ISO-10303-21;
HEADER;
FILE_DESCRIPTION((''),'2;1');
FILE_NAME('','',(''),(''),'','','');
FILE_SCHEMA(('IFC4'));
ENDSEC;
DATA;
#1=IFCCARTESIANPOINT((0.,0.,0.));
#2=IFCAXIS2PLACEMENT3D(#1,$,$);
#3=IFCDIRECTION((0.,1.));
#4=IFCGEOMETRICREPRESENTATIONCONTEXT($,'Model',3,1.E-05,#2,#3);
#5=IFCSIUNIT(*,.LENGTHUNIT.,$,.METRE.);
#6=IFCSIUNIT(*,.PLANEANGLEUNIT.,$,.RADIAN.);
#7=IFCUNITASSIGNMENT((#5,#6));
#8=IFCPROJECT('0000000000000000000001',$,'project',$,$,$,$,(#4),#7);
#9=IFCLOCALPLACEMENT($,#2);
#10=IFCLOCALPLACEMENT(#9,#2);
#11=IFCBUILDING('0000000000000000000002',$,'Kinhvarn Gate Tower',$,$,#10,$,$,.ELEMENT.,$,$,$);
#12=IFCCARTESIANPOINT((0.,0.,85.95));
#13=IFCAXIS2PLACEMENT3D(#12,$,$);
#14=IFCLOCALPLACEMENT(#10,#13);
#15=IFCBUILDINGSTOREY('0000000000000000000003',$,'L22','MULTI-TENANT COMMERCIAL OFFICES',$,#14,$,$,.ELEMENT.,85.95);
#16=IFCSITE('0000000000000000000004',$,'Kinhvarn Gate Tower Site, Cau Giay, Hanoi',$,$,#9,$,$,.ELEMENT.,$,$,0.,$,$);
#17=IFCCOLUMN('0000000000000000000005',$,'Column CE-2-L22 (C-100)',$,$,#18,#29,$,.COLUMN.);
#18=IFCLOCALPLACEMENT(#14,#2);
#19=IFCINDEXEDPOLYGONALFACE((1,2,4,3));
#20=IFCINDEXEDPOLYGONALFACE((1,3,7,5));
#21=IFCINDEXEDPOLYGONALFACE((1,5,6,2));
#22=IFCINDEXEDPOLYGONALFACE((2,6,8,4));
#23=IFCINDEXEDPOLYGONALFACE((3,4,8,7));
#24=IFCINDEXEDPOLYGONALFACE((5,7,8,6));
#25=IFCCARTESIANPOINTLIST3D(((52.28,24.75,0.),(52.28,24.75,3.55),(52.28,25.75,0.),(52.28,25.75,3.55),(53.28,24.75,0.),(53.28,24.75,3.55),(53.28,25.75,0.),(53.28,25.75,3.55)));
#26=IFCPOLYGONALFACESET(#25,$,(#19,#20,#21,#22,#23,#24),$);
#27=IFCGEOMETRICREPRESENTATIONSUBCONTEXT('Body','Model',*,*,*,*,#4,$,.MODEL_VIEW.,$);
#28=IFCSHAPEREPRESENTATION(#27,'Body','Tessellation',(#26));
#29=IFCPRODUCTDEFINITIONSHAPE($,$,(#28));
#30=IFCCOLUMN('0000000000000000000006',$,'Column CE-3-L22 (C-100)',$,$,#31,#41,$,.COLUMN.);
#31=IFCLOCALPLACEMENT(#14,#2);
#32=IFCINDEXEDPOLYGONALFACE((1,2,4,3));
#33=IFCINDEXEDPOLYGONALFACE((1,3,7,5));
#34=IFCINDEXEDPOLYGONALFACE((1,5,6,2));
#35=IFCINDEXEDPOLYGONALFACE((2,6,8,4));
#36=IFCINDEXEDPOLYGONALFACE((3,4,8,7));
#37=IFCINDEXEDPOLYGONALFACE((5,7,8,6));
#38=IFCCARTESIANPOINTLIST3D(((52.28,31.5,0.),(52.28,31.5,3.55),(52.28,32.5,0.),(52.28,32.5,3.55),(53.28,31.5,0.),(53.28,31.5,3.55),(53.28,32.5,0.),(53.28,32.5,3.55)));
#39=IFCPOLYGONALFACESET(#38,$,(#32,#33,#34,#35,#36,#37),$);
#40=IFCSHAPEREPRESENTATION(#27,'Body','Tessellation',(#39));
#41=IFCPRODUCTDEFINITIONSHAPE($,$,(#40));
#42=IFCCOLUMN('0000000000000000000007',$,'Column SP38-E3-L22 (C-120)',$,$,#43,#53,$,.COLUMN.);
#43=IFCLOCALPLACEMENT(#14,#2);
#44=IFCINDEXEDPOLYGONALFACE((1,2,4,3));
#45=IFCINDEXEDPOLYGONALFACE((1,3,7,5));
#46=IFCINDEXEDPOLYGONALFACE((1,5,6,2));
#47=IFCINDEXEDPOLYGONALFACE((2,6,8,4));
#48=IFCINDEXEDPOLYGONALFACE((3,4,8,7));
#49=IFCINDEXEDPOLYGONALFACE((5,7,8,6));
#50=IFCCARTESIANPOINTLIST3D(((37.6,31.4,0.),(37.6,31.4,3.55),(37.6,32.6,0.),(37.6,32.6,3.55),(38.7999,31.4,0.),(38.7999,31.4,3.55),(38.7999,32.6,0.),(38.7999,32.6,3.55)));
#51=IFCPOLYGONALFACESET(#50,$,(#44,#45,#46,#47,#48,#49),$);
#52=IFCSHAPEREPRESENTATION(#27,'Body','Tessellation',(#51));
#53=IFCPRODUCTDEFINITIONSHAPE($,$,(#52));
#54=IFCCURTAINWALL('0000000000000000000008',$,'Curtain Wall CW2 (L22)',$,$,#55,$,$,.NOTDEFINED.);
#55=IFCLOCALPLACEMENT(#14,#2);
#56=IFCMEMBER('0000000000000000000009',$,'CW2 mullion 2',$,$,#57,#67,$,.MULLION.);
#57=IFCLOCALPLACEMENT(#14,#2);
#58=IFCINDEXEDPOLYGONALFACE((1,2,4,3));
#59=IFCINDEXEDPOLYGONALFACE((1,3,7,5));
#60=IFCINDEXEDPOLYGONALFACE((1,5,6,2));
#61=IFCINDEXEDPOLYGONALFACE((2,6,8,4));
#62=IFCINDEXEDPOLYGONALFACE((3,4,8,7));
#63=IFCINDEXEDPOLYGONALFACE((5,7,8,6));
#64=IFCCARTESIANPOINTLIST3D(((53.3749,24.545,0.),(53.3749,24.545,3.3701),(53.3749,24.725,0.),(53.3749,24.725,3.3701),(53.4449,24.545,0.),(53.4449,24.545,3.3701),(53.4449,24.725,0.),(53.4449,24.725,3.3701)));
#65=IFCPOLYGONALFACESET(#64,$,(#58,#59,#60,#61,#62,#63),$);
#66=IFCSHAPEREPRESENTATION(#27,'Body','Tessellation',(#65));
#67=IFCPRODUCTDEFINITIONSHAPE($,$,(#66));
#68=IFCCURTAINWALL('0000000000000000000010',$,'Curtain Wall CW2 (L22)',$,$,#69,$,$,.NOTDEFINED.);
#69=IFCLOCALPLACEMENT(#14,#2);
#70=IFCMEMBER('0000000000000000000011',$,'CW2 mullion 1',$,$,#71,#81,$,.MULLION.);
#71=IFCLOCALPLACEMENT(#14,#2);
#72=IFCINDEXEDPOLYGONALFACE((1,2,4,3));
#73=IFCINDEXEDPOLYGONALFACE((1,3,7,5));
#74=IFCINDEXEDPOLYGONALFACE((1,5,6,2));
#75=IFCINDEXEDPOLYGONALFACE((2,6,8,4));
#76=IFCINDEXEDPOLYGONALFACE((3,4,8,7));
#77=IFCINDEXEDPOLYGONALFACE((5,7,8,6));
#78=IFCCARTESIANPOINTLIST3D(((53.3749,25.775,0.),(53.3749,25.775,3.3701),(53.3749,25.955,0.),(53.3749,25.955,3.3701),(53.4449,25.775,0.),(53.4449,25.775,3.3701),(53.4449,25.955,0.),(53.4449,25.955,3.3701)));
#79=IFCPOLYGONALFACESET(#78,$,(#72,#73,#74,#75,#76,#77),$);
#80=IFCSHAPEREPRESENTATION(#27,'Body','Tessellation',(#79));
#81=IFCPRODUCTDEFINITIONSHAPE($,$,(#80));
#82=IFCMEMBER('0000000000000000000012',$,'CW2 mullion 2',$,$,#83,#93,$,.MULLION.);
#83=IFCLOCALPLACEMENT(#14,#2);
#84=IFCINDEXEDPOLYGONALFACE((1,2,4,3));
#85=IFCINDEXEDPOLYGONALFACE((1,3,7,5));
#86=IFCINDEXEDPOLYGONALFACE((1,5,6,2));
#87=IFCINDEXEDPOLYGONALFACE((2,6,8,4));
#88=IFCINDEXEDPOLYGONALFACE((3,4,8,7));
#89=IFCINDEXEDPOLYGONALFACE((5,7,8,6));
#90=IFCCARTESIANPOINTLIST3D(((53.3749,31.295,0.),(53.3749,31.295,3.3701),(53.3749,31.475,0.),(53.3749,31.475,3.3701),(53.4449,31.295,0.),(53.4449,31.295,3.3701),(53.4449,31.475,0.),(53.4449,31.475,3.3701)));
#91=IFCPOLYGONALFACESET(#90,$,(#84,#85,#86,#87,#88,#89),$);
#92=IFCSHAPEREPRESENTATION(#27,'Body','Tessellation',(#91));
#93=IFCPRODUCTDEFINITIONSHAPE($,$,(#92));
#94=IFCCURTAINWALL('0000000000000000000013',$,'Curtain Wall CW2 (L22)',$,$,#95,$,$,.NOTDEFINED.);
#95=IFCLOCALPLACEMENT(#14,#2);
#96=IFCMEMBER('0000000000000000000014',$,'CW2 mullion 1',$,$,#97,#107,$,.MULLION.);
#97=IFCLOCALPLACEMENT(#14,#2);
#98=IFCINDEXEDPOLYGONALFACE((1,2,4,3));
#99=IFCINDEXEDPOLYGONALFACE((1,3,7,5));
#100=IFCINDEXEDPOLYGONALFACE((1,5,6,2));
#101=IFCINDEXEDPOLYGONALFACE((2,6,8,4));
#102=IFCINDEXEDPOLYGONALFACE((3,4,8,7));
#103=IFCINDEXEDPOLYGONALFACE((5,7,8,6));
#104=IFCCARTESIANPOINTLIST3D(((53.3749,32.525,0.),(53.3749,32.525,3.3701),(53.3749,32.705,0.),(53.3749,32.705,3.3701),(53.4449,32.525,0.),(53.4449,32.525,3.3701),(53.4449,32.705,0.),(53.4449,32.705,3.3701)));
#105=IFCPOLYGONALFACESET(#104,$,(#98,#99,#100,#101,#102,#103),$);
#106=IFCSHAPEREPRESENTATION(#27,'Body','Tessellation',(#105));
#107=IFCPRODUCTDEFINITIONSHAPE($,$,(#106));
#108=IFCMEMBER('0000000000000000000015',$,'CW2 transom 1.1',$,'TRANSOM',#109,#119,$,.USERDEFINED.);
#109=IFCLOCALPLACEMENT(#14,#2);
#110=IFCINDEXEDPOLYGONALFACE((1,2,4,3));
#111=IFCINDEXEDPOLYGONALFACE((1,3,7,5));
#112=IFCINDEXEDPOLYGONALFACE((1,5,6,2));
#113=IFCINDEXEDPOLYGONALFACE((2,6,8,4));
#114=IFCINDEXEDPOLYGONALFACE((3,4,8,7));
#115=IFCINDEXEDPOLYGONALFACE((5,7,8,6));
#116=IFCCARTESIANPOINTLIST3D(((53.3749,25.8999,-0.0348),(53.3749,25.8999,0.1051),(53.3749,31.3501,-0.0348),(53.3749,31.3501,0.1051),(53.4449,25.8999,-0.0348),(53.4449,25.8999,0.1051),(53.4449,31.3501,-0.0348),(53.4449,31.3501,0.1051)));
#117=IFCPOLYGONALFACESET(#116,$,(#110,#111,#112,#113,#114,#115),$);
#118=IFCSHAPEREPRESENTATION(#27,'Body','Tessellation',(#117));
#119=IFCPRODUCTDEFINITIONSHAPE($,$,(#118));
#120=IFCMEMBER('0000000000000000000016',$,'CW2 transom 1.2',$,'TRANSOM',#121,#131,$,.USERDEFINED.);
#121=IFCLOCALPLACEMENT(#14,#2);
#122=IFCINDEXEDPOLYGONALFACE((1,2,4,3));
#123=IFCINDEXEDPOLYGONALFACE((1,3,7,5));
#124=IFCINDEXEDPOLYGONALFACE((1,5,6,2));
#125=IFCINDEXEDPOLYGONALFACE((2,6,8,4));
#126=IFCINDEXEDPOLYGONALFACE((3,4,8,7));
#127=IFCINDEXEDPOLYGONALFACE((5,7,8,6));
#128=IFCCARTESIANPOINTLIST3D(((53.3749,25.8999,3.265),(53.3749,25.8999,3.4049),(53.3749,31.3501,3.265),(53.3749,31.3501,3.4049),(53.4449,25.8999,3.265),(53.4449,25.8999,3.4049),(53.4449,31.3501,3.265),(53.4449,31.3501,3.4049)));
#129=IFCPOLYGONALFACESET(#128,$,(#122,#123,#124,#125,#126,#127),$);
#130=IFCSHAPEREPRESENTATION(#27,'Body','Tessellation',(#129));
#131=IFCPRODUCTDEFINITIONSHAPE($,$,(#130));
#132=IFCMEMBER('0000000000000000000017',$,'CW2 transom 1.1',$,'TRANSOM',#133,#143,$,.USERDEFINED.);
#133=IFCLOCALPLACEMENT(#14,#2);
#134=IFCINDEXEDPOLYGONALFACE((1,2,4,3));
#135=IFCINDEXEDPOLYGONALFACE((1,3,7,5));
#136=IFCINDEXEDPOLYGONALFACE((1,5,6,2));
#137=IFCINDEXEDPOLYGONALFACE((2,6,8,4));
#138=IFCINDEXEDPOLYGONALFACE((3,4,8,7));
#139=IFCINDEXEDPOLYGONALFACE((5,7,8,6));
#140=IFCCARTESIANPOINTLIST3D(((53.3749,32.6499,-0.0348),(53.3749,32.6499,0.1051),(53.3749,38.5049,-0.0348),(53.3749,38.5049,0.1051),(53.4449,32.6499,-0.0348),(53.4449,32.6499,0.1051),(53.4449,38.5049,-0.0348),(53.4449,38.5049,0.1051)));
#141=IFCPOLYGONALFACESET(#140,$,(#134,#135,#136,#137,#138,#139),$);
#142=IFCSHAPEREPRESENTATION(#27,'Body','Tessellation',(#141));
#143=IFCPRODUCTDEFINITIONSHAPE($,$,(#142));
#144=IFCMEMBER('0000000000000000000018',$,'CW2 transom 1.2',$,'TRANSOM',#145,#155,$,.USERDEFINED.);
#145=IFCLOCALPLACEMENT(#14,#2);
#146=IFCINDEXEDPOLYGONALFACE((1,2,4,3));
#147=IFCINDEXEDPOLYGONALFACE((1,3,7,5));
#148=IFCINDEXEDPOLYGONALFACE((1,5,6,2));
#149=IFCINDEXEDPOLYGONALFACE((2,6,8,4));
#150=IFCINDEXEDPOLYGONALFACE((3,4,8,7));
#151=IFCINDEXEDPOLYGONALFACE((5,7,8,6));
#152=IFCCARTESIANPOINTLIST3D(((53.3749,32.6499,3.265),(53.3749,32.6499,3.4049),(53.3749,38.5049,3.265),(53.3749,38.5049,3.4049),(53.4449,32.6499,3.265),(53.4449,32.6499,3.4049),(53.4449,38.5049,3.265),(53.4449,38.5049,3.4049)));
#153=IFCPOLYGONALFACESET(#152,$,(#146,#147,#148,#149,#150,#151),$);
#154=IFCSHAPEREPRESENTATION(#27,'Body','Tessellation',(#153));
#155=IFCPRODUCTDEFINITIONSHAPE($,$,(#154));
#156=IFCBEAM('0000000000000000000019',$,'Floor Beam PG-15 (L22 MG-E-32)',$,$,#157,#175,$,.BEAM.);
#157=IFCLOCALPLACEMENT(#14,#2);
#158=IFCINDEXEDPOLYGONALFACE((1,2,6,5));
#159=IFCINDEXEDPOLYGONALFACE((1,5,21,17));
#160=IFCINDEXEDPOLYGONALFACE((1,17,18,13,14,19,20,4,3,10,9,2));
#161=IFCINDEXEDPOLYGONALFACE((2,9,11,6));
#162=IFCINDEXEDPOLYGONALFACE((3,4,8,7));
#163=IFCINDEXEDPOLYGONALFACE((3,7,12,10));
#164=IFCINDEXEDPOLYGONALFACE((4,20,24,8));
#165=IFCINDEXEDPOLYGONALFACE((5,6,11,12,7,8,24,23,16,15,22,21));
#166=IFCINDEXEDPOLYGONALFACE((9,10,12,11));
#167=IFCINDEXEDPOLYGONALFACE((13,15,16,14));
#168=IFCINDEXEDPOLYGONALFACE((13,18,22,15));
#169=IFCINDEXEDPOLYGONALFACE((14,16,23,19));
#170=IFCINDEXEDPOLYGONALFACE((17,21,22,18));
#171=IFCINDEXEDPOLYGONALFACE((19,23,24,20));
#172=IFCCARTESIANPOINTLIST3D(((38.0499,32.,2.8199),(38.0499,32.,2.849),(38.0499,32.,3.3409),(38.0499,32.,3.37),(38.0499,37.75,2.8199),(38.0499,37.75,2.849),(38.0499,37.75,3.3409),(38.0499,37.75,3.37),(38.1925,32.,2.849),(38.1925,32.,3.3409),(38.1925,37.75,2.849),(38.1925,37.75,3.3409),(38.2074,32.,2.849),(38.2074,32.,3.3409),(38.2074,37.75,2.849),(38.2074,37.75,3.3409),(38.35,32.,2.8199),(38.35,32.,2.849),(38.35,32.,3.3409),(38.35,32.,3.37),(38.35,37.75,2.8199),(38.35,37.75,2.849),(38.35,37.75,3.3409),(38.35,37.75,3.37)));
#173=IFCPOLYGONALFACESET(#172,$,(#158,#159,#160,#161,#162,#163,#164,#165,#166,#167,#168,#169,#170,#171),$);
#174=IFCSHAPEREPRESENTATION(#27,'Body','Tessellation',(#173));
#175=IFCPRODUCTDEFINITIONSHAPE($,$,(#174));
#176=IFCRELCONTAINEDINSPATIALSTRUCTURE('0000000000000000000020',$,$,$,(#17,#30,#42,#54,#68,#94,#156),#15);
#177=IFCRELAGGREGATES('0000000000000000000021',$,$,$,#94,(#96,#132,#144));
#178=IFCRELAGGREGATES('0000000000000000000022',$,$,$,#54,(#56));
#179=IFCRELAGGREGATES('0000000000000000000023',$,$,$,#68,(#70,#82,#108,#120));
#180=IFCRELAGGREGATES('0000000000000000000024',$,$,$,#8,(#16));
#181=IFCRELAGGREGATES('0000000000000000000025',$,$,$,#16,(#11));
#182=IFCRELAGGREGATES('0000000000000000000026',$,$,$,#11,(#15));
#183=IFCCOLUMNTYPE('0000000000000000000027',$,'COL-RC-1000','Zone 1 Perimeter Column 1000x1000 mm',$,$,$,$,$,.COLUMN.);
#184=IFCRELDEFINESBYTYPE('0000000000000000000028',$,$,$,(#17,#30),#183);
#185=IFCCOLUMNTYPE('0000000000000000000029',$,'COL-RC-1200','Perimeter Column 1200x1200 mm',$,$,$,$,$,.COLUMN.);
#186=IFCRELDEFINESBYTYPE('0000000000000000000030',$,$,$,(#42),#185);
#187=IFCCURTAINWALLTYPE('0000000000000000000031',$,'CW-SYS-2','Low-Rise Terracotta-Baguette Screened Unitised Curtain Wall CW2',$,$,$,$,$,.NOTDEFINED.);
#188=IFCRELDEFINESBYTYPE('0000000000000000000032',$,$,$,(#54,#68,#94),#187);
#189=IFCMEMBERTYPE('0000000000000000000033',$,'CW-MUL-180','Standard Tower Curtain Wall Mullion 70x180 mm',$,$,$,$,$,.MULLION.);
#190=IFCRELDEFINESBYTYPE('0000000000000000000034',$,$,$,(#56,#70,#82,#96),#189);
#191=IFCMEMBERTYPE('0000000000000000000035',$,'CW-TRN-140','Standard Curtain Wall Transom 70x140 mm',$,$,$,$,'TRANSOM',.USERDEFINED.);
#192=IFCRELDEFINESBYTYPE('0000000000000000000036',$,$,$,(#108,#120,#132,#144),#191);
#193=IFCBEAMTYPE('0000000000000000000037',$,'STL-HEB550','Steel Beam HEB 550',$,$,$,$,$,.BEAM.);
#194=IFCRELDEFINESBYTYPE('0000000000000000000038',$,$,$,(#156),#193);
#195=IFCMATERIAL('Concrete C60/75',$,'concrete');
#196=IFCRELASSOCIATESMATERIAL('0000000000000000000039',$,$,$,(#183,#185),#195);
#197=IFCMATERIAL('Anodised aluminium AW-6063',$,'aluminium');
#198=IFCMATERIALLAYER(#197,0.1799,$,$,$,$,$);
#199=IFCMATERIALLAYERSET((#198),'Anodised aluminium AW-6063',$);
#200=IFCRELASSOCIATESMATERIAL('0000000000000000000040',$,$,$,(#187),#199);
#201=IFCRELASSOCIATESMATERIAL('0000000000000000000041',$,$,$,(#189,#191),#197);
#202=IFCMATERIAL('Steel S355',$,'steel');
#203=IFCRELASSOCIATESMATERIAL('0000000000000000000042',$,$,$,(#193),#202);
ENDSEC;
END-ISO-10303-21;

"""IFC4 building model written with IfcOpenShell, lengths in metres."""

from ifc_helpers import new_model, si_unit, direction, frame, origin, origin_2d, place, context, subcontext, project, spatial, rectangle, i_section, extrude, material, layer, layer_set, material_profile, profile_set, type_object, element, aggregate, save


model = new_model("IFC4")

# Units and contexts
model_context = context("Model", 3, precision=1e-05, world=origin(), true_north=direction((0.0, 1.0)))
body_context = subcontext(model_context, "Body", "Model", "MODEL_VIEW")
ifc_project = project(units=[si_unit("LENGTHUNIT", "METRE"), si_unit("PLANEANGLEUNIT", "RADIAN")], contexts=[model_context])

# Site, building, storey
site_placement = place(None, origin())
site = spatial("IfcSite", under=ifc_project, at=site_placement, Name="Kinhvarn Gate Tower Site, Cau Giay, Hanoi", CompositionType="ELEMENT", RefElevation=0.0)
building_placement = place(site_placement, origin())
building = spatial("IfcBuilding", under=site, at=building_placement, Name="Kinhvarn Gate Tower", CompositionType="ELEMENT")
storey_placement = place(building_placement, frame((0.0, 0.0, 85.95)))
storey = spatial("IfcBuildingStorey", under=building, at=storey_placement, Name="L22", Description="MULTI-TENANT COMMERCIAL OFFICES", CompositionType="ELEMENT", Elevation=85.95)

# Columns
ifc_material_1 = material(Name="Concrete C60/75", Category="concrete")
ifc_material_profile_1 = material_profile(ifc_material_1, rectangle(XDim=1.0, YDim=1.0, at=origin_2d()), Name="RC 1000x1000")
ifc_profile_set_1 = profile_set([ifc_material_profile_1], Name="Concrete C60/75")
column_type_1 = type_object("IfcColumnType", Name="COL-RC-1000", Description="Zone 1 Perimeter Column 1000x1000 mm", PredefinedType="COLUMN", material=ifc_profile_set_1)
for number, where, z_axis, x_axis, name in (
    (1, (52.78, 25.25, 0.0), (0.0, 0.0, 1.0), (1.0, 0.0, 0.0), "Column CE-2-L22 (C-100)"),
    (2, (52.78, 32.0, 0.0), (0.0, 0.0, 1.0), (1.0, 0.0, 0.0), "Column CE-3-L22 (C-100)"),
):
    element("IfcColumn", number, at=place(storey_placement, frame(where, z_axis=z_axis, x_axis=x_axis)), inside=storey, type_object=column_type_1, Name=name, PredefinedType="COLUMN", context=body_context, shape_type="SweptSolid", body=[
        extrude(rectangle(XDim=1.0, YDim=1.0, at=origin_2d()), origin(), (0.0, 0.0, 1.0), 3.55),
    ])
ifc_material_profile_2 = material_profile(ifc_material_1, rectangle(XDim=1.2, YDim=1.2, at=origin_2d()), Name="RC 1200x1200")
ifc_profile_set_2 = profile_set([ifc_material_profile_2], Name="Concrete C60/75")
column_type_2 = type_object("IfcColumnType", Name="COL-RC-1200", Description="Perimeter Column 1200x1200 mm", PredefinedType="COLUMN", material=ifc_profile_set_2)
column_placement = place(storey_placement, frame((38.2, 32.0, 0.0), z_axis=(0.0, 0.0, 1.0), x_axis=(1.0, 0.0, 0.0)))
element("IfcColumn", 3, at=column_placement, inside=storey, type_object=column_type_2, Name="Column SP38-E3-L22 (C-120)", PredefinedType="COLUMN", context=body_context, shape_type="SweptSolid", body=[
    extrude(rectangle(XDim=1.2, YDim=1.2, at=origin_2d()), origin(), (0.0, 0.0, 1.0), 3.55),
])

# Curtain wall, member
ifc_material_2 = material(Name="Anodised aluminium AW-6063", Category="aluminium")
ifc_layer_1 = layer(ifc_material_2, 0.1799)
ifc_layer_set_1 = layer_set([ifc_layer_1], Name="Anodised aluminium AW-6063")
curtain_wall_type = type_object("IfcCurtainWallType", Name="CW-SYS-2", Description="Low-Rise Terracotta-Baguette Screened Unitised Curtain Wall CW2", PredefinedType="NOTDEFINED", material=ifc_layer_set_1)
curtain_wall_1_placement = place(storey_placement, origin())
curtain_wall_1 = element("IfcCurtainWall", 4, at=curtain_wall_1_placement, inside=storey, type_object=curtain_wall_type, Name="Curtain Wall CW2 (L22)", PredefinedType="NOTDEFINED")
ifc_material_profile_3 = material_profile(ifc_material_2, rectangle(XDim=0.0701, YDim=0.1799, at=origin_2d()), Name="ALU 70x180")
ifc_profile_set_3 = profile_set([ifc_material_profile_3], Name="Anodised aluminium AW-6063")
member_type_1 = type_object("IfcMemberType", Name="CW-MUL-180", Description="Standard Tower Curtain Wall Mullion 70x180 mm", PredefinedType="MULLION", material=ifc_profile_set_3)
member_1_placement = place(storey_placement, frame((53.4099, 24.635, 0.0), z_axis=(0.0, 0.0, 1.0), x_axis=(-1.0, 0.0, 0.0)))
member_1 = element("IfcMember", 5, at=member_1_placement, type_object=member_type_1, Name="CW2 mullion 2", PredefinedType="MULLION", context=body_context, shape_type="SweptSolid", body=[
    extrude(rectangle(XDim=0.0701, YDim=0.1799, at=origin_2d()), origin(), (0.0, 0.0, 1.0), 3.3701),
])

# Curtain wall, members
curtain_wall_2_placement = place(storey_placement, origin())
curtain_wall_2 = element("IfcCurtainWall", 6, at=curtain_wall_2_placement, inside=storey, type_object=curtain_wall_type, Name="Curtain Wall CW2 (L22)", PredefinedType="NOTDEFINED")
member_2_placement = place(storey_placement, frame((53.4099, 25.865, 0.0), z_axis=(0.0, 0.0, 1.0), x_axis=(-1.0, 0.0, 0.0)))
member_2 = element("IfcMember", 7, at=member_2_placement, type_object=member_type_1, Name="CW2 mullion 1", PredefinedType="MULLION", context=body_context, shape_type="SweptSolid", body=[
    extrude(rectangle(XDim=0.0701, YDim=0.1799, at=origin_2d()), origin(), (0.0, 0.0, 1.0), 3.3701),
])
member_3_placement = place(storey_placement, frame((53.4099, 31.385, 0.0), z_axis=(0.0, 0.0, 1.0), x_axis=(-1.0, 0.0, 0.0)))
member_3 = element("IfcMember", 8, at=member_3_placement, type_object=member_type_1, Name="CW2 mullion 2", PredefinedType="MULLION", context=body_context, shape_type="SweptSolid", body=[
    extrude(rectangle(XDim=0.0701, YDim=0.1799, at=origin_2d()), origin(), (0.0, 0.0, 1.0), 3.3701),
])

# Curtain wall, member
curtain_wall_3_placement = place(storey_placement, origin())
curtain_wall_3 = element("IfcCurtainWall", 9, at=curtain_wall_3_placement, inside=storey, type_object=curtain_wall_type, Name="Curtain Wall CW2 (L22)", PredefinedType="NOTDEFINED")
member_4_placement = place(storey_placement, frame((53.4099, 32.615, 0.0), z_axis=(0.0, 0.0, 1.0), x_axis=(-1.0, 0.0, 0.0)))
member_4 = element("IfcMember", 10, at=member_4_placement, type_object=member_type_1, Name="CW2 mullion 1", PredefinedType="MULLION", context=body_context, shape_type="SweptSolid", body=[
    extrude(rectangle(XDim=0.0701, YDim=0.1799, at=origin_2d()), origin(), (0.0, 0.0, 1.0), 3.3701),
])

# Members
ifc_material_profile_4 = material_profile(ifc_material_2, rectangle(XDim=0.0701, YDim=0.1399, at=origin_2d()), Name="ALU 70x140")
ifc_profile_set_4 = profile_set([ifc_material_profile_4], Name="Anodised aluminium AW-6063")
member_type_2 = type_object("IfcMemberType", Name="CW-TRN-140", Description="Standard Curtain Wall Transom 70x140 mm", ElementType="TRANSOM", PredefinedType="USERDEFINED", material=ifc_profile_set_4)
member_5_placement = place(storey_placement, frame((53.4099, 25.8999, 0.0352), z_axis=(0.0, 1.0, 0.0), x_axis=(-1.0, 0.0, 0.0)))
member_5 = element("IfcMember", 11, at=member_5_placement, type_object=member_type_2, Name="CW2 transom 1.1", ObjectType="TRANSOM", PredefinedType="USERDEFINED", context=body_context, shape_type="SweptSolid", body=[
    extrude(rectangle(XDim=0.0701, YDim=0.1399, at=origin_2d()), origin(), (0.0, 0.0, 1.0), 5.4502),
])
member_6_placement = place(storey_placement, frame((53.4099, 25.8999, 3.335), z_axis=(0.0, 1.0, 0.0), x_axis=(-1.0, 0.0, 0.0)))
member_6 = element("IfcMember", 12, at=member_6_placement, type_object=member_type_2, Name="CW2 transom 1.2", ObjectType="TRANSOM", PredefinedType="USERDEFINED", context=body_context, shape_type="SweptSolid", body=[
    extrude(rectangle(XDim=0.0701, YDim=0.1399, at=origin_2d()), origin(), (0.0, 0.0, 1.0), 5.4502),
])
member_7_placement = place(storey_placement, frame((53.4099, 32.6499, 0.0352), z_axis=(0.0, 1.0, 0.0), x_axis=(-1.0, 0.0, 0.0)))
member_7 = element("IfcMember", 13, at=member_7_placement, type_object=member_type_2, Name="CW2 transom 1.1", ObjectType="TRANSOM", PredefinedType="USERDEFINED", context=body_context, shape_type="SweptSolid", body=[
    extrude(rectangle(XDim=0.0701, YDim=0.1399, at=origin_2d()), origin(), (0.0, 0.0, 1.0), 5.855),
])
member_8_placement = place(storey_placement, frame((53.4099, 32.6499, 3.335), z_axis=(0.0, 1.0, 0.0), x_axis=(-1.0, 0.0, 0.0)))
member_8 = element("IfcMember", 14, at=member_8_placement, type_object=member_type_2, Name="CW2 transom 1.2", ObjectType="TRANSOM", PredefinedType="USERDEFINED", context=body_context, shape_type="SweptSolid", body=[
    extrude(rectangle(XDim=0.0701, YDim=0.1399, at=origin_2d()), origin(), (0.0, 0.0, 1.0), 5.855),
])
aggregate(curtain_wall_3, [member_4, member_7, member_8])

# Beam
ifc_material_3 = material(Name="Steel S355", Category="steel")
ifc_material_profile_5 = material_profile(ifc_material_3, i_section(OverallWidth=0.3, OverallDepth=0.55, WebThickness=0.0149, FlangeThickness=0.0291, at=origin_2d()), Name="HEB 550")
ifc_profile_set_5 = profile_set([ifc_material_profile_5], Name="Steel S355")
beam_type_1 = type_object("IfcBeamType", Name="STL-HEB550", Description="Steel Beam HEB 550", PredefinedType="BEAM", material=ifc_profile_set_5)
beam_1_placement = place(storey_placement, frame((38.2, 32.0, 3.095), z_axis=(0.0, 1.0, 0.0), x_axis=(-1.0, 0.0, 0.0)))
element("IfcBeam", 15, at=beam_1_placement, inside=storey, type_object=beam_type_1, Name="Floor Beam PG-15 (L22 MG-E-32)", PredefinedType="BEAM", context=body_context, shape_type="SweptSolid", body=[
    extrude(i_section(OverallWidth=0.3, OverallDepth=0.55, WebThickness=0.0149, FlangeThickness=0.0291, at=origin_2d()), origin(), (0.0, 0.0, 1.0), 5.75),
])

aggregate(curtain_wall_1, [member_1])
aggregate(curtain_wall_2, [member_2, member_3, member_5, member_6])

save(model, "model.ifc")
